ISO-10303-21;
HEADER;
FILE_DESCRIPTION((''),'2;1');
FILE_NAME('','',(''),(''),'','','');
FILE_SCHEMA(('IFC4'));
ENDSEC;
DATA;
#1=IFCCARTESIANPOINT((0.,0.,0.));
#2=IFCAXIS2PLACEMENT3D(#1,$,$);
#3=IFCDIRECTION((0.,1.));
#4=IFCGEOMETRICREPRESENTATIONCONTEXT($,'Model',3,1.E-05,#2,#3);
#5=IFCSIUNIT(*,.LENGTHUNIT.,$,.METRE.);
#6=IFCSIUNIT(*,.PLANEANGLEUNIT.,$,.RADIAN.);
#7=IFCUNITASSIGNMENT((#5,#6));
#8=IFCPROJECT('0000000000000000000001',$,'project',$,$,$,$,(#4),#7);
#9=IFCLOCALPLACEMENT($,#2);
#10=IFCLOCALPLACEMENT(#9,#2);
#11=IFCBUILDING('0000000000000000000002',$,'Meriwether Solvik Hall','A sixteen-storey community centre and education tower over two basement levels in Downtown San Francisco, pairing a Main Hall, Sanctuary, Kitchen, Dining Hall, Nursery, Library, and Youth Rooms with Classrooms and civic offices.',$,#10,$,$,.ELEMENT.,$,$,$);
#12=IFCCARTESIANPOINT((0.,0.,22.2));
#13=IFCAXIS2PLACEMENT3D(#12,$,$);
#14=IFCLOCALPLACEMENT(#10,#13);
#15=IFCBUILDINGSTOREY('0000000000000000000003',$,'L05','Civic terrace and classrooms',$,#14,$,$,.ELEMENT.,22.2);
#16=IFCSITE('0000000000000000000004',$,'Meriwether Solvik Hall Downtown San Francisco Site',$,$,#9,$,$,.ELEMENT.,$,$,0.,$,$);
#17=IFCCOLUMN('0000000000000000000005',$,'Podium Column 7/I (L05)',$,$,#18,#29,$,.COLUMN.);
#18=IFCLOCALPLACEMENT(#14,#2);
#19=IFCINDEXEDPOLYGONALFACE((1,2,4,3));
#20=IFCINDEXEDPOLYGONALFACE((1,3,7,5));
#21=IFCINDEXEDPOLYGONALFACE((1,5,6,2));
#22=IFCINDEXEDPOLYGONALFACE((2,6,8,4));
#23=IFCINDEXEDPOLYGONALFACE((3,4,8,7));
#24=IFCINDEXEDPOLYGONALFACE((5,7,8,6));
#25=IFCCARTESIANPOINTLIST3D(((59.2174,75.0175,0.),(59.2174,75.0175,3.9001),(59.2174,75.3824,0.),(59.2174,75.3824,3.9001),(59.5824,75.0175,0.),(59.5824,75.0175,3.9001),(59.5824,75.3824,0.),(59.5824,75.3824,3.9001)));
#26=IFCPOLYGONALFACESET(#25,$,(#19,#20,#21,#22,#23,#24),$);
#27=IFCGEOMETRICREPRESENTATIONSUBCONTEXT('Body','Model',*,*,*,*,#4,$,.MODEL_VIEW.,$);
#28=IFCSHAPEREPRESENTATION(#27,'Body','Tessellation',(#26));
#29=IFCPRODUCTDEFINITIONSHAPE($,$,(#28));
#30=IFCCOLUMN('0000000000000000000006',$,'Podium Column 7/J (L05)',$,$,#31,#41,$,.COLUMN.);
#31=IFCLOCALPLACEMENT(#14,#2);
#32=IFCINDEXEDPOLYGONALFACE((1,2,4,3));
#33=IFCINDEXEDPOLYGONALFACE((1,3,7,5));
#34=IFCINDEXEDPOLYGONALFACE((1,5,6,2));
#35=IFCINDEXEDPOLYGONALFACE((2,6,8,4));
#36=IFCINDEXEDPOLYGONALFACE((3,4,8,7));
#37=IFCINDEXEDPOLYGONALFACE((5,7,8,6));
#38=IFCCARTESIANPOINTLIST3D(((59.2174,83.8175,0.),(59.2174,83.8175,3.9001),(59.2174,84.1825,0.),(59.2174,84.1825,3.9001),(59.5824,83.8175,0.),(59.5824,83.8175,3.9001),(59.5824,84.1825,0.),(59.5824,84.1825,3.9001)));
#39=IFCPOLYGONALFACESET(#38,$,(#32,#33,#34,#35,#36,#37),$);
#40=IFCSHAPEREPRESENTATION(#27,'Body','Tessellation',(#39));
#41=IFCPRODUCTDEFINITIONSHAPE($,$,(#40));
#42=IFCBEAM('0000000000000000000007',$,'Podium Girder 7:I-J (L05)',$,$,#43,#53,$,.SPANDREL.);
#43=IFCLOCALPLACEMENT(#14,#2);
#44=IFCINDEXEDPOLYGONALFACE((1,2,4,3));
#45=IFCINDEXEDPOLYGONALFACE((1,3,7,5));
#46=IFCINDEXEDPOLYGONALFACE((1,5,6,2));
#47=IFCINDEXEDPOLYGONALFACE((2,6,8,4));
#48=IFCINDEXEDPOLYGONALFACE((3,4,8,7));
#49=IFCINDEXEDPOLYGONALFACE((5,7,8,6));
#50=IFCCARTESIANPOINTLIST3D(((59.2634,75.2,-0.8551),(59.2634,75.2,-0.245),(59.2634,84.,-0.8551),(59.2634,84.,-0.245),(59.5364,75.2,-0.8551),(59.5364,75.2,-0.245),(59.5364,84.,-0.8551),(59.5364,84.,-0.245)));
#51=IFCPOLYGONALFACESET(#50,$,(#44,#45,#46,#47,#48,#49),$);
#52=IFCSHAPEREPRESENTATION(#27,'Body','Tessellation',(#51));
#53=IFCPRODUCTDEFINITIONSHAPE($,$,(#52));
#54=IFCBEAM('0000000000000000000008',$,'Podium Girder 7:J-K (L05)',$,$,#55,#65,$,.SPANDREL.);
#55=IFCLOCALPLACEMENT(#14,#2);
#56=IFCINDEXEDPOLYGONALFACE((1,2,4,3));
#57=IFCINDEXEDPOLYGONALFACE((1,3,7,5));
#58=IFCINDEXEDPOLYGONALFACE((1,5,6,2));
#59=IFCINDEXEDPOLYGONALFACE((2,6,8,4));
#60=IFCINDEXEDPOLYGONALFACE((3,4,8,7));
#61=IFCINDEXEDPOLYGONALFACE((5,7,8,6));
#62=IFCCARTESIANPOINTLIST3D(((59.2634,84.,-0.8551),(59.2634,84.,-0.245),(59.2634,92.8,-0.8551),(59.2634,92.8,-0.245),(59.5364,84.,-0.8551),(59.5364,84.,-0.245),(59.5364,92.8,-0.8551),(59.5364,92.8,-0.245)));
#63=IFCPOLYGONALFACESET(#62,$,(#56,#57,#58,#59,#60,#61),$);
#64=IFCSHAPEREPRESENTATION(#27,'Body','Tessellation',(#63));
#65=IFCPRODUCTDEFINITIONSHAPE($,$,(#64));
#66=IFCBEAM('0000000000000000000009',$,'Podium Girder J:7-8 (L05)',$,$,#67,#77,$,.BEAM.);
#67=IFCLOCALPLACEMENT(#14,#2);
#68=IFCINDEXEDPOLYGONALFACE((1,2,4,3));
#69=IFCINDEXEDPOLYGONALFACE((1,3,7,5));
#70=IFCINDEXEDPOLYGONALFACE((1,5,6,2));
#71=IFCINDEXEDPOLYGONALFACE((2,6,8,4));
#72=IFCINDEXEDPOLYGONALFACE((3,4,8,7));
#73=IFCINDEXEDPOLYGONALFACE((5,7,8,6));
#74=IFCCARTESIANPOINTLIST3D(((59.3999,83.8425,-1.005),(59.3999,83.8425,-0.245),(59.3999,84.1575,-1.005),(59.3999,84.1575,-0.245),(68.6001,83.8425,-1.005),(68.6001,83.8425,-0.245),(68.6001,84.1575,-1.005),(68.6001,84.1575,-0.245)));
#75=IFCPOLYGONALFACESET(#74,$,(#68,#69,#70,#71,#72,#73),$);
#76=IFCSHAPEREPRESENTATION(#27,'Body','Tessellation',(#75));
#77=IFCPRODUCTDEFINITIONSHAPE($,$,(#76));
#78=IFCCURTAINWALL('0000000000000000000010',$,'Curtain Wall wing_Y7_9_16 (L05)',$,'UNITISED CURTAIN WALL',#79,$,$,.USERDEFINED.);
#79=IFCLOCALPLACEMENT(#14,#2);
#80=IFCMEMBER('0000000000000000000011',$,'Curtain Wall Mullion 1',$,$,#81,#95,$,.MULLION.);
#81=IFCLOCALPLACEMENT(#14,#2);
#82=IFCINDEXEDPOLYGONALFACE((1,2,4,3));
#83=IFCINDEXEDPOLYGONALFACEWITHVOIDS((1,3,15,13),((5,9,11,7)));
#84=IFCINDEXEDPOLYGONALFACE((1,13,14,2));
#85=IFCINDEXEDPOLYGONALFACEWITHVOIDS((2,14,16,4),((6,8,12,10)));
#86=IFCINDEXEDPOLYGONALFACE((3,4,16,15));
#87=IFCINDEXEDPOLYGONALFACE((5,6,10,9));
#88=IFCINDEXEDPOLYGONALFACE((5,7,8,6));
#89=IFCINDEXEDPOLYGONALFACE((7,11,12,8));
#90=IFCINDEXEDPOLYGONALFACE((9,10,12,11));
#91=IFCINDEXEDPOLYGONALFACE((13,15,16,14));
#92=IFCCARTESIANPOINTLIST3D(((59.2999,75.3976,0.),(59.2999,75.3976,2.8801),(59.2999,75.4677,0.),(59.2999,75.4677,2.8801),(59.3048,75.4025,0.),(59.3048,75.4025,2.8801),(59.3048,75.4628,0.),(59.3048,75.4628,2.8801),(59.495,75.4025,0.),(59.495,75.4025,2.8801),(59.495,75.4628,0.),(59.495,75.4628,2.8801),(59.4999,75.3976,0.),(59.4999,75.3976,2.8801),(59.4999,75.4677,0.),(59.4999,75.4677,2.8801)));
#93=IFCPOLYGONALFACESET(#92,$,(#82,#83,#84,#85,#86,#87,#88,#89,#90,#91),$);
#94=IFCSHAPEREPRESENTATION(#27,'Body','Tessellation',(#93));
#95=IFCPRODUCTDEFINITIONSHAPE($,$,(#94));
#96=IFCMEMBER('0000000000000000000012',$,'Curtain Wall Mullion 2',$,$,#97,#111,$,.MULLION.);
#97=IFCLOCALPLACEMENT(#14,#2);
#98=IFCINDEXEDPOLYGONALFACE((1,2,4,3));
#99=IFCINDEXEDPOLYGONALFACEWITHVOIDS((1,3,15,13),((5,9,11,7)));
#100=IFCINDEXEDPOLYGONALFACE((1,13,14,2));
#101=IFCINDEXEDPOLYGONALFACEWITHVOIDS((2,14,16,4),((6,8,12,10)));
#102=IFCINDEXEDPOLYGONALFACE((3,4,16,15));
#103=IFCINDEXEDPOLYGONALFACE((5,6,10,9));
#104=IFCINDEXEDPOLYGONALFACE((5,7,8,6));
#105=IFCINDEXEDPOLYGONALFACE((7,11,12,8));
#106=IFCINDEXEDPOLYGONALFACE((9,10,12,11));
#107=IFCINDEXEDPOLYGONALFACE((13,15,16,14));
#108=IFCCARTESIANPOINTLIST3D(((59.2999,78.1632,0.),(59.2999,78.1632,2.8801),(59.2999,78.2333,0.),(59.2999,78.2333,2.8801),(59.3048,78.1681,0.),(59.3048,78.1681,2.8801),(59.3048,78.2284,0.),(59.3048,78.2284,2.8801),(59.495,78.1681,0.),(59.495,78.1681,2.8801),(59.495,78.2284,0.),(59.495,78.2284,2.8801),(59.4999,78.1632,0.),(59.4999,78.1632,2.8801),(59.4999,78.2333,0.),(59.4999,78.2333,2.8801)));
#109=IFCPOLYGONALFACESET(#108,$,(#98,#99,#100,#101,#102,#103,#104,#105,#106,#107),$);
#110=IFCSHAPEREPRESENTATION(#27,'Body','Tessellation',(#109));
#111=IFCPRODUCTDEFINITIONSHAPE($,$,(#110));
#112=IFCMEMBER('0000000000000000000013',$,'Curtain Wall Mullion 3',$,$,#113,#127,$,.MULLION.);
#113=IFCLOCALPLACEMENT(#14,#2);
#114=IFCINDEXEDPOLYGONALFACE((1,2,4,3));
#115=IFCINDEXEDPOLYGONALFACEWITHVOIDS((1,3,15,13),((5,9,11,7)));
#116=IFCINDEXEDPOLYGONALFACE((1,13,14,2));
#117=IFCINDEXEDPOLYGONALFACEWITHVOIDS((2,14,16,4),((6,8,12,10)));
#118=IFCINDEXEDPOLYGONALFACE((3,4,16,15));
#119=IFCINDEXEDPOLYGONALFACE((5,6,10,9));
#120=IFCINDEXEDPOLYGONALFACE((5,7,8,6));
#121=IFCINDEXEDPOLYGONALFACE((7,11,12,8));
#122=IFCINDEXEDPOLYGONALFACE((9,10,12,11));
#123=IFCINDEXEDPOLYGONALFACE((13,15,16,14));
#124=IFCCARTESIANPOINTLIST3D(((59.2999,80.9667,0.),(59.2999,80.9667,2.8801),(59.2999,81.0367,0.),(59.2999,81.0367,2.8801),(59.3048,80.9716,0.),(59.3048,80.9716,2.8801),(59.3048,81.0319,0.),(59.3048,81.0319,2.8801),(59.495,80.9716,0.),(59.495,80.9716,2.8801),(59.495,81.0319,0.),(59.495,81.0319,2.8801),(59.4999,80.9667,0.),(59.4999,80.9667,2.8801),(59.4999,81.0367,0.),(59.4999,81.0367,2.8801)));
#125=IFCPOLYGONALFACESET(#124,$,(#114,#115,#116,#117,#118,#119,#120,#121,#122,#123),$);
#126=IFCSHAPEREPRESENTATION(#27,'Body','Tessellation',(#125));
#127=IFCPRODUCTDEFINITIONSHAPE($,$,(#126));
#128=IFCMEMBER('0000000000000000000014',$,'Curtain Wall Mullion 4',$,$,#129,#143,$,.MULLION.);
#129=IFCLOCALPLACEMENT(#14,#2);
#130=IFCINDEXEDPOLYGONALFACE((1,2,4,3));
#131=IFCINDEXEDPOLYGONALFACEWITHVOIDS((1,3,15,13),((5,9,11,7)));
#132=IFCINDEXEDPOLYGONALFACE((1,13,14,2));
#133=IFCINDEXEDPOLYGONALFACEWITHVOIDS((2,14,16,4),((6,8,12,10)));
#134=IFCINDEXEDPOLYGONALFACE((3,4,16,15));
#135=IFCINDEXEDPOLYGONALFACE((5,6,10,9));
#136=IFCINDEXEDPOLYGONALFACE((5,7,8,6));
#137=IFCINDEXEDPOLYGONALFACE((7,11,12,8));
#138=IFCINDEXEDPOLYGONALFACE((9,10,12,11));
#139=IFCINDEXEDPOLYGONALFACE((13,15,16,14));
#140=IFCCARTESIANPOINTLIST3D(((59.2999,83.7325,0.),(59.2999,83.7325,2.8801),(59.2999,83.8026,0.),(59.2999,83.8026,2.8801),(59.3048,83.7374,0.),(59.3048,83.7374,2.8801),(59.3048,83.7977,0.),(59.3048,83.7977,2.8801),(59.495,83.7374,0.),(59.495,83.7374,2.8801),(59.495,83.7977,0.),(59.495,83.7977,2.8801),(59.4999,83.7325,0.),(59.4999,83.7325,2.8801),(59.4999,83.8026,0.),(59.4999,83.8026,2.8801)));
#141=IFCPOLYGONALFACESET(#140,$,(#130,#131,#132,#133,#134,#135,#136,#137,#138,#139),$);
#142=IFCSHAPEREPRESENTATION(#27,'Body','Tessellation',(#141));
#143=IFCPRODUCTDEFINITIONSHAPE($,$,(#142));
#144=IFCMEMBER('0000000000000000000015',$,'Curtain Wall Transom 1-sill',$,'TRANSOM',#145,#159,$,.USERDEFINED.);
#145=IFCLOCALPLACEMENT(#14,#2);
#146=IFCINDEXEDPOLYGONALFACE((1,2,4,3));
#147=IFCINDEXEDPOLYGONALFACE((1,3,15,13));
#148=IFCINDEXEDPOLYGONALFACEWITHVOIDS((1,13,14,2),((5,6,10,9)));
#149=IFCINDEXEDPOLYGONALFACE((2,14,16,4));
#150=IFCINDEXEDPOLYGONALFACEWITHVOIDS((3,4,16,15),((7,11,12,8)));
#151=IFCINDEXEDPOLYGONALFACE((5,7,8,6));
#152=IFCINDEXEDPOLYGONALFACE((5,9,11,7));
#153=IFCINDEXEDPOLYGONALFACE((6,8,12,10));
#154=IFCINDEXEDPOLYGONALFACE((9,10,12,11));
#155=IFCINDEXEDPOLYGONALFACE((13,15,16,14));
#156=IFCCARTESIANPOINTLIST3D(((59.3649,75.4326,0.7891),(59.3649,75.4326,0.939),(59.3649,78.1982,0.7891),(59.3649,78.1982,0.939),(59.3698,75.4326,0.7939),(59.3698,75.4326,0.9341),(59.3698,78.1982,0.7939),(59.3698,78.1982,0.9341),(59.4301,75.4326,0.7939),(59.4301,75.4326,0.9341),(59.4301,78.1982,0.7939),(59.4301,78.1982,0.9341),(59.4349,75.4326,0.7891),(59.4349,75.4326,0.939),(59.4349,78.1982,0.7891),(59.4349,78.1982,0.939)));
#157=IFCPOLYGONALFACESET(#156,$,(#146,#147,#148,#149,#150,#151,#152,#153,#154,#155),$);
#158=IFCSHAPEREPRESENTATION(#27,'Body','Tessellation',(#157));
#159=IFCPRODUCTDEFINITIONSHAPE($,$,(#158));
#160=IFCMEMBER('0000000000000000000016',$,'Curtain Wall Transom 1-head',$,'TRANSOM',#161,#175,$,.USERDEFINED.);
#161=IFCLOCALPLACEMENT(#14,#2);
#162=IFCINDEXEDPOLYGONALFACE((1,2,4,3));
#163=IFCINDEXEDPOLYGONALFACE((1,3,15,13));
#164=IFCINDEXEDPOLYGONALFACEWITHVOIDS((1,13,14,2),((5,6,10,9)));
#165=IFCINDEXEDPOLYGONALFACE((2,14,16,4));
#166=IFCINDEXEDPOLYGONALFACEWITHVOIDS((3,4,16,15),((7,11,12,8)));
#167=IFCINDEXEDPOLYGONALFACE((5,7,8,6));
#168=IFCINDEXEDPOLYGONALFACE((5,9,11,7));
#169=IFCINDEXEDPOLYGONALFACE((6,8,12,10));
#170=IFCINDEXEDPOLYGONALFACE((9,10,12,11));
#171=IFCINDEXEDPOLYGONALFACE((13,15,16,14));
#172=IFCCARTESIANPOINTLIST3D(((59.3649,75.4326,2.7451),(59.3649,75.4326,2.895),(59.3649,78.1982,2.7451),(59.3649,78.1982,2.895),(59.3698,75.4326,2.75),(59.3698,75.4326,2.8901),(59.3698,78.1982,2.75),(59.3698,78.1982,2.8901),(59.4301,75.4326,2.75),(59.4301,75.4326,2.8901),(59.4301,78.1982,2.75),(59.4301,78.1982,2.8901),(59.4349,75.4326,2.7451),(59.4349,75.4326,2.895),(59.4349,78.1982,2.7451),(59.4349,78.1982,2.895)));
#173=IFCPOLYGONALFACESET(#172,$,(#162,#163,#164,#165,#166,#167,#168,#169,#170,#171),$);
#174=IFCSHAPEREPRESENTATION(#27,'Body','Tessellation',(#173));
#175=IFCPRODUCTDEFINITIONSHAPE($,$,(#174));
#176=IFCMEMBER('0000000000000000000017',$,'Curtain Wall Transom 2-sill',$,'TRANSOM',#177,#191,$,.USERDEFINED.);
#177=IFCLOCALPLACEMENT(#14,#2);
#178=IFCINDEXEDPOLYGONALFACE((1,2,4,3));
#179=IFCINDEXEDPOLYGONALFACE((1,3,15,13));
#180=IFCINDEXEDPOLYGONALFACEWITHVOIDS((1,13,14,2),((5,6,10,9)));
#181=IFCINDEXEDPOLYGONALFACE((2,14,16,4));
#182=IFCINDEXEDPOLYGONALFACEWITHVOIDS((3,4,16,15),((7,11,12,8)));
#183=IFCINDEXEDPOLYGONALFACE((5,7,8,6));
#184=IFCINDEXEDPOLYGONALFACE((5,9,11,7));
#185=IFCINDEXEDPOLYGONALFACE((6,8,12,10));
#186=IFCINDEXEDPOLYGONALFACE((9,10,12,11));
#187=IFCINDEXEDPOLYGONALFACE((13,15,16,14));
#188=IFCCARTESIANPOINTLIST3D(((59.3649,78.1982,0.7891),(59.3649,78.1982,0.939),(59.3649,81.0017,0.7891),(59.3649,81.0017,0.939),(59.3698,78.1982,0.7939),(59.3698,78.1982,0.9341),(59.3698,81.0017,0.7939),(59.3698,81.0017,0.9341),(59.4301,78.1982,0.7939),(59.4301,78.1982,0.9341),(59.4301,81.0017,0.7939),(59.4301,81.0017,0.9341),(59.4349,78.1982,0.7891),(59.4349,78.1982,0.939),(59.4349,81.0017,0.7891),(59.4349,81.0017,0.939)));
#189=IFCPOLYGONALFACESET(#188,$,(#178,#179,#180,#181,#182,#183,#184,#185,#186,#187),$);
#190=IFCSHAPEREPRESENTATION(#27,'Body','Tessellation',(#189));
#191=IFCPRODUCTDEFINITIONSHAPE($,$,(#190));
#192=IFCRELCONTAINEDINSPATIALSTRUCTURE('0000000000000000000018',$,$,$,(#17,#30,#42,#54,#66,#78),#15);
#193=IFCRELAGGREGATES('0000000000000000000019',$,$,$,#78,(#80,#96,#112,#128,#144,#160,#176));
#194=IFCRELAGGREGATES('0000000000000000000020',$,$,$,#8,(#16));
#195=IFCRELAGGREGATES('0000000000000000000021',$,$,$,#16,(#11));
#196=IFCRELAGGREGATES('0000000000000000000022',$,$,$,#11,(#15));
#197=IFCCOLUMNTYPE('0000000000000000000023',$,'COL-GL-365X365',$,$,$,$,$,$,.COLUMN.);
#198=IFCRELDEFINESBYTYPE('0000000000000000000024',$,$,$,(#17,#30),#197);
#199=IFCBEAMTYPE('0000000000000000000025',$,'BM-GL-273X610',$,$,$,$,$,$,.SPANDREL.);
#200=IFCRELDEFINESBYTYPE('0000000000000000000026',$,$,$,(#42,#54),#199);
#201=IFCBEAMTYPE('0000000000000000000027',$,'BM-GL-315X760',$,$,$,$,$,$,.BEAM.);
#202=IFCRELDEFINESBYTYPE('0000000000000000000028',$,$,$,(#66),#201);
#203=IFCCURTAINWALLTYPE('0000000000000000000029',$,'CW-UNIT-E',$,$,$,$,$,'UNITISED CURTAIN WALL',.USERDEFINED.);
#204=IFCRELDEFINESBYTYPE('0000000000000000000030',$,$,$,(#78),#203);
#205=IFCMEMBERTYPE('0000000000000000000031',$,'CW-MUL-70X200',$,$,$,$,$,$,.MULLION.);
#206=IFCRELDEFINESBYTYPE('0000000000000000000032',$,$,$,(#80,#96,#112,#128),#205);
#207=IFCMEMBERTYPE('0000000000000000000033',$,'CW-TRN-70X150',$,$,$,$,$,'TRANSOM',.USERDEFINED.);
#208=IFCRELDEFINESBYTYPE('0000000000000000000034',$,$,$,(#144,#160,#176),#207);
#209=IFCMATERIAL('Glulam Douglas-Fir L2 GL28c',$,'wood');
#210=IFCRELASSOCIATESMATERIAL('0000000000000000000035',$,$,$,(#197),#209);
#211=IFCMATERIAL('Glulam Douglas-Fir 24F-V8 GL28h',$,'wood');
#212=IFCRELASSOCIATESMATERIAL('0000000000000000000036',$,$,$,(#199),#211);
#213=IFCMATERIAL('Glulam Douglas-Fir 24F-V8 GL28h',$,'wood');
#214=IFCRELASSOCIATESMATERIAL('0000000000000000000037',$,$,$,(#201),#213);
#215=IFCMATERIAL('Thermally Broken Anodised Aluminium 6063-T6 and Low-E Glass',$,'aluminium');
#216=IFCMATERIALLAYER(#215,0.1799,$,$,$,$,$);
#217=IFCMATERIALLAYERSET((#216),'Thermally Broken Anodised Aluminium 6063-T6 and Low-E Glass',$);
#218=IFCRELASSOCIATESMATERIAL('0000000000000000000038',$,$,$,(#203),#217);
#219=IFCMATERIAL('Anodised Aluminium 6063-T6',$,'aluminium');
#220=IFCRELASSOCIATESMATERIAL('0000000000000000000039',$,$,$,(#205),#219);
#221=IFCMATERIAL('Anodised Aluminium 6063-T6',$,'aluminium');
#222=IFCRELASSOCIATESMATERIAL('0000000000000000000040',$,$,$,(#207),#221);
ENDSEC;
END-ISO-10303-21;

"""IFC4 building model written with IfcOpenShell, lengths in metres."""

from ifc_helpers import new_model, si_unit, direction, frame, origin, origin_2d, place, context, subcontext, project, spatial, rectangle, hollow_rectangle, extrude, material, layer, layer_set, material_profile, profile_set, type_object, element, aggregate, save


model = new_model("IFC4")

# Units and contexts
model_context = context("Model", 3, precision=1e-05, world=origin(), true_north=direction((0.0, 1.0)))
body_context = subcontext(model_context, "Body", "Model", "MODEL_VIEW")
ifc_project = project(units=[si_unit("LENGTHUNIT", "METRE"), si_unit("PLANEANGLEUNIT", "RADIAN")], contexts=[model_context])

# Site, building, storey
site_placement = place(None, origin())
site = spatial("IfcSite", under=ifc_project, at=site_placement, Name="Meriwether Solvik Hall Downtown San Francisco Site", CompositionType="ELEMENT", RefElevation=0.0)
building_placement = place(site_placement, origin())
building = spatial("IfcBuilding", under=site, at=building_placement, Name="Meriwether Solvik Hall", Description="A sixteen-storey community centre and education tower over two basement levels in Downtown San Francisco, pairing a Main Hall, Sanctuary, Kitchen, Dining Hall, Nursery, Library, and Youth Rooms with Classrooms and civic offices.", CompositionType="ELEMENT")
storey_placement = place(building_placement, frame((0.0, 0.0, 22.2)))
storey = spatial("IfcBuildingStorey", under=building, at=storey_placement, Name="L05", Description="Civic terrace and classrooms", CompositionType="ELEMENT", Elevation=22.2)

# Columns
ifc_material_1 = material(Name="Glulam Douglas-Fir L2 GL28c", Category="wood")
ifc_material_profile_1 = material_profile(ifc_material_1, rectangle(XDim=0.365, YDim=0.365, at=origin_2d()), Name="GLC-365X365")
ifc_profile_set_1 = profile_set([ifc_material_profile_1], Name="Glulam Douglas-Fir L2 GL28c")
column_type = type_object("IfcColumnType", Name="COL-GL-365X365", PredefinedType="COLUMN", material=ifc_profile_set_1)
for number, where, z_axis, x_axis, name in (
    (1, (59.3999, 75.2, 0.0), (0.0, 0.0, 1.0), (1.0, 0.0, 0.0), "Podium Column 7/I (L05)"),
    (2, (59.3999, 84.0, 0.0), (0.0, 0.0, 1.0), (1.0, 0.0, 0.0), "Podium Column 7/J (L05)"),
):
    element("IfcColumn", number, at=place(storey_placement, frame(where, z_axis=z_axis, x_axis=x_axis)), inside=storey, type_object=column_type, Name=name, PredefinedType="COLUMN", context=body_context, shape_type="SweptSolid", body=[
        extrude(rectangle(XDim=0.365, YDim=0.365, at=origin_2d()), origin(), (0.0, 0.0, 1.0), 3.9001),
    ])

# Beams
ifc_material_2 = material(Name="Glulam Douglas-Fir 24F-V8 GL28h", Category="wood")
ifc_material_profile_2 = material_profile(ifc_material_2, rectangle(XDim=0.2729, YDim=0.6101, at=origin_2d()), Name="GLB-273X610")
ifc_profile_set_2 = profile_set([ifc_material_profile_2], Name="Glulam Douglas-Fir 24F-V8 GL28h")
beam_type_1 = type_object("IfcBeamType", Name="BM-GL-273X610", PredefinedType="SPANDREL", material=ifc_profile_set_2)
for number, where, z_axis, x_axis, name in (
    (3, (59.3999, 75.2, -0.55), (0.0, 1.0, 0.0), (-1.0, 0.0, 0.0), "Podium Girder 7:I-J (L05)"),
    (4, (59.3999, 84.0, -0.55), (0.0, 1.0, 0.0), (-1.0, 0.0, 0.0), "Podium Girder 7:J-K (L05)"),
):
    element("IfcBeam", number, at=place(storey_placement, frame(where, z_axis=z_axis, x_axis=x_axis)), inside=storey, type_object=beam_type_1, Name=name, PredefinedType="SPANDREL", context=body_context, shape_type="SweptSolid", body=[
        extrude(rectangle(XDim=0.2729, YDim=0.6101, at=origin_2d()), origin(), (0.0, 0.0, 1.0), 8.8),
    ])
ifc_material_3 = material(Name="Glulam Douglas-Fir 24F-V8 GL28h", Category="wood")
ifc_material_profile_3 = material_profile(ifc_material_3, rectangle(XDim=0.3149, YDim=0.76, at=origin_2d()), Name="GLB-315X760")
ifc_profile_set_3 = profile_set([ifc_material_profile_3], Name="Glulam Douglas-Fir 24F-V8 GL28h")
beam_type_2 = type_object("IfcBeamType", Name="BM-GL-315X760", PredefinedType="BEAM", material=ifc_profile_set_3)
beam_placement = place(storey_placement, frame((59.3999, 84.0, -0.625), z_axis=(1.0, 0.0, 0.0), x_axis=(0.0, 1.0, 0.0)))
element("IfcBeam", 5, at=beam_placement, inside=storey, type_object=beam_type_2, Name="Podium Girder J:7-8 (L05)", PredefinedType="BEAM", context=body_context, shape_type="SweptSolid", body=[
    extrude(rectangle(XDim=0.3149, YDim=0.76, at=origin_2d()), origin(), (0.0, 0.0, 1.0), 9.2002),
])

# Curtain wall, members
ifc_material_4 = material(Name="Thermally Broken Anodised Aluminium 6063-T6 and Low-E Glass", Category="aluminium")
ifc_layer_1 = layer(ifc_material_4, 0.1799)
ifc_layer_set_1 = layer_set([ifc_layer_1], Name="Thermally Broken Anodised Aluminium 6063-T6 and Low-E Glass")
curtain_wall_type = type_object("IfcCurtainWallType", Name="CW-UNIT-E", ElementType="UNITISED CURTAIN WALL", PredefinedType="USERDEFINED", material=ifc_layer_set_1)
curtain_wall_placement = place(storey_placement, origin())
curtain_wall = element("IfcCurtainWall", 6, at=curtain_wall_placement, inside=storey, type_object=curtain_wall_type, Name="Curtain Wall wing_Y7_9_16 (L05)", ObjectType="UNITISED CURTAIN WALL", PredefinedType="USERDEFINED")
ifc_material_5 = material(Name="Anodised Aluminium 6063-T6", Category="aluminium")
ifc_material_profile_4 = material_profile(ifc_material_5, hollow_rectangle(XDim=0.0701, YDim=0.2, WallThickness=0.0049, at=origin_2d()), Name="CWM-70X200")
ifc_profile_set_4 = profile_set([ifc_material_profile_4], Name="Anodised Aluminium 6063-T6")
member_type_1 = type_object("IfcMemberType", Name="CW-MUL-70X200", PredefinedType="MULLION", material=ifc_profile_set_4)
member_1_placement = place(storey_placement, frame((59.3999, 75.4326, 0.0), z_axis=(0.0, 0.0, 1.0), x_axis=(0.0, 1.0, 0.0)))
member_1 = element("IfcMember", 7, at=member_1_placement, type_object=member_type_1, Name="Curtain Wall Mullion 1", PredefinedType="MULLION", context=body_context, shape_type="SweptSolid", body=[
    extrude(hollow_rectangle(XDim=0.0701, YDim=0.2, WallThickness=0.0049, at=origin_2d()), origin(), (0.0, 0.0, 1.0), 2.8801),
])
member_2_placement = place(storey_placement, frame((59.3999, 78.1982, 0.0), z_axis=(0.0, 0.0, 1.0), x_axis=(0.0, 1.0, 0.0)))
member_2 = element("IfcMember", 8, at=member_2_placement, type_object=member_type_1, Name="Curtain Wall Mullion 2", PredefinedType="MULLION", context=body_context, shape_type="SweptSolid", body=[
    extrude(hollow_rectangle(XDim=0.0701, YDim=0.2, WallThickness=0.0049, at=origin_2d()), origin(), (0.0, 0.0, 1.0), 2.8801),
])
member_3_placement = place(storey_placement, frame((59.3999, 81.0017, 0.0), z_axis=(0.0, 0.0, 1.0), x_axis=(0.0, 1.0, 0.0)))
member_3 = element("IfcMember", 9, at=member_3_placement, type_object=member_type_1, Name="Curtain Wall Mullion 3", PredefinedType="MULLION", context=body_context, shape_type="SweptSolid", body=[
    extrude(hollow_rectangle(XDim=0.0701, YDim=0.2, WallThickness=0.0049, at=origin_2d()), origin(), (0.0, 0.0, 1.0), 2.8801),
])
member_4_placement = place(storey_placement, frame((59.3999, 83.7676, 0.0), z_axis=(0.0, 0.0, 1.0), x_axis=(0.0, 1.0, 0.0)))
member_4 = element("IfcMember", 10, at=member_4_placement, type_object=member_type_1, Name="Curtain Wall Mullion 4", PredefinedType="MULLION", context=body_context, shape_type="SweptSolid", body=[
    extrude(hollow_rectangle(XDim=0.0701, YDim=0.2, WallThickness=0.0049, at=origin_2d()), origin(), (0.0, 0.0, 1.0), 2.8801),
])
ifc_material_6 = material(Name="Anodised Aluminium 6063-T6", Category="aluminium")
ifc_material_profile_5 = material_profile(ifc_material_6, hollow_rectangle(XDim=0.0701, YDim=0.1499, WallThickness=0.0049, at=origin_2d()), Name="CWT-70X150")
ifc_profile_set_5 = profile_set([ifc_material_profile_5], Name="Anodised Aluminium 6063-T6")
member_type_2 = type_object("IfcMemberType", Name="CW-TRN-70X150", ElementType="TRANSOM", PredefinedType="USERDEFINED", material=ifc_profile_set_5)
member_5_placement = place(storey_placement, frame((59.3999, 75.4326, 0.864), z_axis=(0.0, 1.0, 0.0), x_axis=(-1.0, 0.0, 0.0)))
member_5 = element("IfcMember", 11, at=member_5_placement, type_object=member_type_2, Name="Curtain Wall Transom 1-sill", ObjectType="TRANSOM", PredefinedType="USERDEFINED", context=body_context, shape_type="SweptSolid", body=[
    extrude(hollow_rectangle(XDim=0.0701, YDim=0.1499, WallThickness=0.0049, at=origin_2d()), origin(), (0.0, 0.0, 1.0), 2.7656),
])
member_6_placement = place(storey_placement, frame((59.3999, 75.4326, 2.8201), z_axis=(0.0, 1.0, 0.0), x_axis=(-1.0, 0.0, 0.0)))
member_6 = element("IfcMember", 12, at=member_6_placement, type_object=member_type_2, Name="Curtain Wall Transom 1-head", ObjectType="TRANSOM", PredefinedType="USERDEFINED", context=body_context, shape_type="SweptSolid", body=[
    extrude(hollow_rectangle(XDim=0.0701, YDim=0.1499, WallThickness=0.0049, at=origin_2d()), origin(), (0.0, 0.0, 1.0), 2.7656),
])
member_7_placement = place(storey_placement, frame((59.3999, 78.1982, 0.864), z_axis=(0.0, 1.0, 0.0), x_axis=(-1.0, 0.0, 0.0)))
member_7 = element("IfcMember", 13, at=member_7_placement, type_object=member_type_2, Name="Curtain Wall Transom 2-sill", ObjectType="TRANSOM", PredefinedType="USERDEFINED", context=body_context, shape_type="SweptSolid", body=[
    extrude(hollow_rectangle(XDim=0.0701, YDim=0.1499, WallThickness=0.0049, at=origin_2d()), origin(), (0.0, 0.0, 1.0), 2.8035),
])
aggregate(curtain_wall, [member_1, member_2, member_3, member_4, member_5, member_6, member_7])

save(model, "model.ifc")
